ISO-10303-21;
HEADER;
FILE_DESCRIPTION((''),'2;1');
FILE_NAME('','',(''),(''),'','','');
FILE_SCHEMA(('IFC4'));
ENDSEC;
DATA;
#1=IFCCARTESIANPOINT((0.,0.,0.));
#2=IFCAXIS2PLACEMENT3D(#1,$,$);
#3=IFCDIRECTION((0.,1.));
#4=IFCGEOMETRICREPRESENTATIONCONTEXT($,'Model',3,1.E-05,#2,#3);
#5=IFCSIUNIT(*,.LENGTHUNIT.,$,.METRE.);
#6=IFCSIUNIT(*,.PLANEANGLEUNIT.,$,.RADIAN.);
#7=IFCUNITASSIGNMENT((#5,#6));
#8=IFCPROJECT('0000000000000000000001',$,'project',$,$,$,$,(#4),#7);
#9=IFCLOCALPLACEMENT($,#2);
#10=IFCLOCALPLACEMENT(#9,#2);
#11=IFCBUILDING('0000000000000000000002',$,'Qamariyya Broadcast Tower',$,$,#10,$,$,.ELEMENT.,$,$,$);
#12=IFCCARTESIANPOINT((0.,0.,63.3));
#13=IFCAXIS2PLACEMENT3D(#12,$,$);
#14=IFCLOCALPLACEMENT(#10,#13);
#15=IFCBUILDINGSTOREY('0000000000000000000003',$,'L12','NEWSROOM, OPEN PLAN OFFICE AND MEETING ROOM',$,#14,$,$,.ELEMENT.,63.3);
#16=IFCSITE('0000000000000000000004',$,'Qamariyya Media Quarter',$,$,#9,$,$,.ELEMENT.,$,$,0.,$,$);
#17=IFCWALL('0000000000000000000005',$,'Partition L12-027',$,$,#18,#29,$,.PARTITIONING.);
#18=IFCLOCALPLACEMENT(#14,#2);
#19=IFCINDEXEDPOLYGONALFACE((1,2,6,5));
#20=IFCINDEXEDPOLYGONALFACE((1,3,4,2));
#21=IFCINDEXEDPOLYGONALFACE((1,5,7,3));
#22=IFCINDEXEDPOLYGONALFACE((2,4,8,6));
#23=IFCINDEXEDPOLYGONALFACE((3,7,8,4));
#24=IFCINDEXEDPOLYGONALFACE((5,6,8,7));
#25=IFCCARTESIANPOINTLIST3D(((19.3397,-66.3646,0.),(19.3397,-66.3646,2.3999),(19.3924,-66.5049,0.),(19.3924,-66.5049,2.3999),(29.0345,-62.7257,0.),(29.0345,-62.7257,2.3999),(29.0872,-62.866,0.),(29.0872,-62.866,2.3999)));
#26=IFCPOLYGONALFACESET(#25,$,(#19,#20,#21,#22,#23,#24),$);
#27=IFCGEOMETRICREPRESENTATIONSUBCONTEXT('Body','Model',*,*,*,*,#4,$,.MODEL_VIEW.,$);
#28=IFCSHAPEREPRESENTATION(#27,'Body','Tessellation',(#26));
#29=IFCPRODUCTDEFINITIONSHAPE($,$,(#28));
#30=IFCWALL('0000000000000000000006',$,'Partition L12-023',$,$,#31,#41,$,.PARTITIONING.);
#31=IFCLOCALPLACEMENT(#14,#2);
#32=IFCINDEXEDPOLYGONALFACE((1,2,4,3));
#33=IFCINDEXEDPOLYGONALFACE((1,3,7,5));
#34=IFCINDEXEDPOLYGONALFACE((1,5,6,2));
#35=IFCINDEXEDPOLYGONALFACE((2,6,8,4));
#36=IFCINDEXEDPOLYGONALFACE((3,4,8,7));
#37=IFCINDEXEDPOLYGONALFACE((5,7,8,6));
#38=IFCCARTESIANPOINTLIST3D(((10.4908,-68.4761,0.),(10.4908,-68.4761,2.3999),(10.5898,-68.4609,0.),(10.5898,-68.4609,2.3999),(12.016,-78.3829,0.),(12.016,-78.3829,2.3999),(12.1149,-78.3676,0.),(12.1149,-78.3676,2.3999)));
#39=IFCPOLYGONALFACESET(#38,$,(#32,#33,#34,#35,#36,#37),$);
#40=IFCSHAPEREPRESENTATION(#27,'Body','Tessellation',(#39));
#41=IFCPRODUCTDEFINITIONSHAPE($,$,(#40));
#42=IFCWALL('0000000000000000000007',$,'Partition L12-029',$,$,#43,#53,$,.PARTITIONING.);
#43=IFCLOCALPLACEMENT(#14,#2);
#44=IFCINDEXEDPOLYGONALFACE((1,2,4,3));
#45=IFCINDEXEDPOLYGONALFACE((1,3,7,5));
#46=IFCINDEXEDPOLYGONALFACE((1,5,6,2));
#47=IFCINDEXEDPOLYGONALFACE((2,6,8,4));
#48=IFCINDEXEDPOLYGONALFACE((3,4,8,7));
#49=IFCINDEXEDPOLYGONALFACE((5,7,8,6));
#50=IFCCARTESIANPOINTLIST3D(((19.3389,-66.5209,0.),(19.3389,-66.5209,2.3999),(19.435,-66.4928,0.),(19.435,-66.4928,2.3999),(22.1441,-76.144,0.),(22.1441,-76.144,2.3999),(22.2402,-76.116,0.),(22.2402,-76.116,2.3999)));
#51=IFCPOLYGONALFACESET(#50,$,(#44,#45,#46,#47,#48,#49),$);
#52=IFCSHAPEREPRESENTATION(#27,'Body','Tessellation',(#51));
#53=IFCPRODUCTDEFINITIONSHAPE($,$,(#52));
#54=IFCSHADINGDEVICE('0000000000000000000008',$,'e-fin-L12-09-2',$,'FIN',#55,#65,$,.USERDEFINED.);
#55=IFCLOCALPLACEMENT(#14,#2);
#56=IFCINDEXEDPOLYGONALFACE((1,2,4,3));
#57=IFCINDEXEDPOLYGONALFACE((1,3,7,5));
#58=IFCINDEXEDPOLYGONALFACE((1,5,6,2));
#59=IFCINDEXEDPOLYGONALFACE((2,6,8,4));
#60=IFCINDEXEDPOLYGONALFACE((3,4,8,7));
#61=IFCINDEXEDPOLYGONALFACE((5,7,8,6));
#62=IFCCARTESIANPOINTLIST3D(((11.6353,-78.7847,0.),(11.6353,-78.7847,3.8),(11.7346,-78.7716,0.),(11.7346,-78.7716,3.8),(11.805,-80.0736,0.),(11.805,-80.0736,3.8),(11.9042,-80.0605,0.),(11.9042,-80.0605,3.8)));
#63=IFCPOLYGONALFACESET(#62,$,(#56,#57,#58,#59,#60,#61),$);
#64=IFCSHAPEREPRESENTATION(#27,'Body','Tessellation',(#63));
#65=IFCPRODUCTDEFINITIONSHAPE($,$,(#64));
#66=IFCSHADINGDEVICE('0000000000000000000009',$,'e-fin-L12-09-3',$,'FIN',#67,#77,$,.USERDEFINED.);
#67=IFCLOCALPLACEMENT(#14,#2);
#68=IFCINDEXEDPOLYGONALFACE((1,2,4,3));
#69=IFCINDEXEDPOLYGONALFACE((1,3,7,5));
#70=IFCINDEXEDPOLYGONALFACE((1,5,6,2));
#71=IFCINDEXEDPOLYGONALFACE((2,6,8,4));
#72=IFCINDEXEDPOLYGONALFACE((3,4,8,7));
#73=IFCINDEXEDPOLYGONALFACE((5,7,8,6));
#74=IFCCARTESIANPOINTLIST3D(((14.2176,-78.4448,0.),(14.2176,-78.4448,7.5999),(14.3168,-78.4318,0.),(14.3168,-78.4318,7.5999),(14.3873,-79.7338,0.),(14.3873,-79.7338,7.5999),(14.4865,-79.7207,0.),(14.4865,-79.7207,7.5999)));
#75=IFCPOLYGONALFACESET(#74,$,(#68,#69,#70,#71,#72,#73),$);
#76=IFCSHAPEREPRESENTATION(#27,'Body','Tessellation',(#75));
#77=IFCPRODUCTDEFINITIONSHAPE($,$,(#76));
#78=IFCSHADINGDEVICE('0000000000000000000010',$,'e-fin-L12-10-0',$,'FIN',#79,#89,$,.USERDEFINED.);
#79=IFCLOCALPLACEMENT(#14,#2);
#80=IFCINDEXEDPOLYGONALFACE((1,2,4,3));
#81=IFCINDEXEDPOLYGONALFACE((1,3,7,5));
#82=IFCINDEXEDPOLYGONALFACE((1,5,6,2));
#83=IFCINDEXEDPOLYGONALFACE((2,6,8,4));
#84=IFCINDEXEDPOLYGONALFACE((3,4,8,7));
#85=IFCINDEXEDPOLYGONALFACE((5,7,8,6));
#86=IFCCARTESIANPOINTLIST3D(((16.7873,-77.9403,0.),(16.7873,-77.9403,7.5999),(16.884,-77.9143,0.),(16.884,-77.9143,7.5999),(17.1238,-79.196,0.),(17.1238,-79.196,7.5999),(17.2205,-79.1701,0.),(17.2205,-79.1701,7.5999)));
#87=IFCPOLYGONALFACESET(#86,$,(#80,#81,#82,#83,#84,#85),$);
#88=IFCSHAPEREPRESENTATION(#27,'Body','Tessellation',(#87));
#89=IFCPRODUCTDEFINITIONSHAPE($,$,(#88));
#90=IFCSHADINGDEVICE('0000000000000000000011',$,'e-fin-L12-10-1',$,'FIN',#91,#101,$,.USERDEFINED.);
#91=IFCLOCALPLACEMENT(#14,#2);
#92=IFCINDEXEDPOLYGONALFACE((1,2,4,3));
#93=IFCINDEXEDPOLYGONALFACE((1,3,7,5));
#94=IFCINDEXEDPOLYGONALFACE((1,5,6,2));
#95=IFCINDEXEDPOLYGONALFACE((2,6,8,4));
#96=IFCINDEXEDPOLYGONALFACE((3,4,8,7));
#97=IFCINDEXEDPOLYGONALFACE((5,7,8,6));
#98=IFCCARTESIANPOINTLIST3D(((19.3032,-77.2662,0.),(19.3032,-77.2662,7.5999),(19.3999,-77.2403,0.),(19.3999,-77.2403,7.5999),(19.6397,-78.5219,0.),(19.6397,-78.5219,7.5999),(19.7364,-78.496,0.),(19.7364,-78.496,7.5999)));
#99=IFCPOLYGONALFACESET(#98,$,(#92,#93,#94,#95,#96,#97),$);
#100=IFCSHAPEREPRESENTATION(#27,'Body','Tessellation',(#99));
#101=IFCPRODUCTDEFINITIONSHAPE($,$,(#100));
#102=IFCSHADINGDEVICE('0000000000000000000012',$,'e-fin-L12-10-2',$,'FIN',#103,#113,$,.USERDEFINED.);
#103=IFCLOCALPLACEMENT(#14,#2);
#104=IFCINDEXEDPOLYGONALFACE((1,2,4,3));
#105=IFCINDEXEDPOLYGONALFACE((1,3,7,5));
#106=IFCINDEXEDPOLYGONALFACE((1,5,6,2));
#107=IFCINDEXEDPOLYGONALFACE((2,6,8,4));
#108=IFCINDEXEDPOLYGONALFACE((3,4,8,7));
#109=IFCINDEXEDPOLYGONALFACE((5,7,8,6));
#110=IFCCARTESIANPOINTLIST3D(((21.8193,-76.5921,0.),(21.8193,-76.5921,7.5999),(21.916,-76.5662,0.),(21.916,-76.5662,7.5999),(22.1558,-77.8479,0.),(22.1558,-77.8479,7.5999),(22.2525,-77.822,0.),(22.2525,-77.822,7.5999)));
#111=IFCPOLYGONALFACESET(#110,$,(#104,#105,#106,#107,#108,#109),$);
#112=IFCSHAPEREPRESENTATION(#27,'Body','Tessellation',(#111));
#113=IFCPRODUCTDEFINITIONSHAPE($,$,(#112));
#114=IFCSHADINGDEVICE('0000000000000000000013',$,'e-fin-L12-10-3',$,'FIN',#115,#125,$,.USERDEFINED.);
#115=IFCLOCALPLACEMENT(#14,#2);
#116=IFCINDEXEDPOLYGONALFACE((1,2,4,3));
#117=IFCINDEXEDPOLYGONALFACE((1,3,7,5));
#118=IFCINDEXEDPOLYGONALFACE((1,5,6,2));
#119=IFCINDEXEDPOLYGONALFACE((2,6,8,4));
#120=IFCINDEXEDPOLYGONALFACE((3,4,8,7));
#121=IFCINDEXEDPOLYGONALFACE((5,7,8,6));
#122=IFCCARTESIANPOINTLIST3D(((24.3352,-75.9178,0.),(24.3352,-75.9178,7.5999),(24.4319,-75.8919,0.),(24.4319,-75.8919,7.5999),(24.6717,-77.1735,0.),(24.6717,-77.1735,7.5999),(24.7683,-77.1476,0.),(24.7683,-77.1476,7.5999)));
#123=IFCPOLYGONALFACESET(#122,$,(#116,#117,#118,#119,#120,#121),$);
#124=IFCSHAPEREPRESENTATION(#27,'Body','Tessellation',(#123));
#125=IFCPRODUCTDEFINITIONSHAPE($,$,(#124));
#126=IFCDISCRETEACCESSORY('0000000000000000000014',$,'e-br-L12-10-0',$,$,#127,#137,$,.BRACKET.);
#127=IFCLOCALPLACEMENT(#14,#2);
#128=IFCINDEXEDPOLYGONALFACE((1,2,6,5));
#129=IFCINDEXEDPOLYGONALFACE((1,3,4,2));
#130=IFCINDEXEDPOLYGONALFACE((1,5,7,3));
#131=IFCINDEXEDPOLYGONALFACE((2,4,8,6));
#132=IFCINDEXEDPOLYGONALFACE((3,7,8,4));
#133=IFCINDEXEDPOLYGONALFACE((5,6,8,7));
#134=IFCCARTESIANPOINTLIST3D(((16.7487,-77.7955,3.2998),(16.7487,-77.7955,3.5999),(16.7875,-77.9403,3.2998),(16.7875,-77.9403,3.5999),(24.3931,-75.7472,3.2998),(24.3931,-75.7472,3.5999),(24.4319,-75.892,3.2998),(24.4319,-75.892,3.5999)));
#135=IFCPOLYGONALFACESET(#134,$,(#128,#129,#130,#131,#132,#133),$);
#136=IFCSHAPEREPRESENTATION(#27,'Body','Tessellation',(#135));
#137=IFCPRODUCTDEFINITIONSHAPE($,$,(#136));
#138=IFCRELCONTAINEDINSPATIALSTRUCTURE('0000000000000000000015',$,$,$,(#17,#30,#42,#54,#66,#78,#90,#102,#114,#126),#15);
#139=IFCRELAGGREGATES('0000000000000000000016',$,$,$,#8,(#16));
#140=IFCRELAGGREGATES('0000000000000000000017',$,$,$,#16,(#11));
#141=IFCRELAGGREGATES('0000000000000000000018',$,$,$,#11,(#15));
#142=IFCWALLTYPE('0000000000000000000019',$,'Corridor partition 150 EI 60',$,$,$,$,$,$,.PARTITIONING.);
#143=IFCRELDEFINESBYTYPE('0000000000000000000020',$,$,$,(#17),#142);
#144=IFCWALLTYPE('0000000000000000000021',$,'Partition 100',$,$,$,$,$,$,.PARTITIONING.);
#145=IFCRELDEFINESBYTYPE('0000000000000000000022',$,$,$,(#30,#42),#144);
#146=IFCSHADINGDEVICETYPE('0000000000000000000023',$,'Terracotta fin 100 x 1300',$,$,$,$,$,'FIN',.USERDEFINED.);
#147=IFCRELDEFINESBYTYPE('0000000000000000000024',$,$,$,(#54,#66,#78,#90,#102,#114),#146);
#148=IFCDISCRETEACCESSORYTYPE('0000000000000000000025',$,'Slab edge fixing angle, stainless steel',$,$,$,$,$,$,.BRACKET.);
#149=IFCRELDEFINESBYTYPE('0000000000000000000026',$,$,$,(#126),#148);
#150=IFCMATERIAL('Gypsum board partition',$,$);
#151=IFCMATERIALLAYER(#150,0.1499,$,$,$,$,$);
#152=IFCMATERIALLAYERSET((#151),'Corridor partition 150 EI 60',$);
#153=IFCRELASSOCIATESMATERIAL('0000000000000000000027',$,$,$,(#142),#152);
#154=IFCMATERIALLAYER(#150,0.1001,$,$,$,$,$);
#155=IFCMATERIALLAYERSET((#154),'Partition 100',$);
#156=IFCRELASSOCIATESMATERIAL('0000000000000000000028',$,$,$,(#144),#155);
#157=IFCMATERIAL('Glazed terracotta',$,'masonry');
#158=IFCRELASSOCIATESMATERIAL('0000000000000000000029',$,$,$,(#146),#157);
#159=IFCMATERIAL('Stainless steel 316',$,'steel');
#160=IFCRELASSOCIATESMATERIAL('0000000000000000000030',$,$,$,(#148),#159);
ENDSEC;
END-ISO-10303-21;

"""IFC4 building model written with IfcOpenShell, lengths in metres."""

from ifc_helpers import new_model, si_unit, direction, frame, frame_2d, origin, origin_2d, place, context, subcontext, project, spatial, rectangle, extrude, material, layer, layer_set, material_profile, profile_set, type_object, element, save


model = new_model("IFC4")

# Units and contexts
model_context = context("Model", 3, precision=1e-05, world=origin(), true_north=direction((0.0, 1.0)))
body_context = subcontext(model_context, "Body", "Model", "MODEL_VIEW")
ifc_project = project(units=[si_unit("LENGTHUNIT", "METRE"), si_unit("PLANEANGLEUNIT", "RADIAN")], contexts=[model_context])

# Site, building, storey
site_placement = place(None, origin())
site = spatial("IfcSite", under=ifc_project, at=site_placement, Name="Qamariyya Media Quarter", CompositionType="ELEMENT", RefElevation=0.0)
building_placement = place(site_placement, origin())
building = spatial("IfcBuilding", under=site, at=building_placement, Name="Qamariyya Broadcast Tower", CompositionType="ELEMENT")
storey_placement = place(building_placement, frame((0.0, 0.0, 63.3)))
storey = spatial("IfcBuildingStorey", under=building, at=storey_placement, Name="L12", Description="NEWSROOM, OPEN PLAN OFFICE AND MEETING ROOM", CompositionType="ELEMENT", Elevation=63.3)

# Shared definitions
ifc_material_1 = material(Name="Gypsum board partition")
ifc_layer_1 = layer(ifc_material_1, 0.1499)
ifc_layer_set_1 = layer_set([ifc_layer_1], Name="Corridor partition 150 EI 60")
wall_type_1 = type_object("IfcWallType", Name="Corridor partition 150 EI 60", PredefinedType="PARTITIONING", material=ifc_layer_set_1)

# Walls
wall_1_placement = place(storey_placement, frame((19.366, -66.4348, 0.0), z_axis=(0.0, 0.0, 1.0), x_axis=(0.936223, 0.351408, 0.0)))
element("IfcWall", 1, at=wall_1_placement, inside=storey, type_object=wall_type_1, Name="Partition L12-027", PredefinedType="PARTITIONING", context=body_context, shape_type="SweptSolid", body=[
    extrude(rectangle(XDim=10.3552, YDim=0.1499, at=frame_2d((5.1777, 0.0))), origin(), (0.0, 0.0, 1.0), 2.3999),
])
ifc_layer_2 = layer(ifc_material_1, 0.1001)
ifc_layer_set_2 = layer_set([ifc_layer_2], Name="Partition 100")
wall_type_2 = type_object("IfcWallType", Name="Partition 100", PredefinedType="PARTITIONING", material=ifc_layer_set_2)
wall_2_placement = place(storey_placement, frame((12.0654, -78.3752, 0.0), z_axis=(0.0, 0.0, 1.0), x_axis=(-0.152158, 0.988356, 0.0)))
element("IfcWall", 2, at=wall_2_placement, inside=storey, type_object=wall_type_2, Name="Partition L12-023", PredefinedType="PARTITIONING", context=body_context, shape_type="SweptSolid", body=[
    extrude(rectangle(XDim=10.0234, YDim=0.1001, at=frame_2d((5.0117, 0.0))), origin(), (0.0, 0.0, 1.0), 2.3999),
])
wall_3_placement = place(storey_placement, frame((22.1921, -76.1299, 0.0), z_axis=(0.0, 0.0, 1.0), x_axis=(-0.279858, 0.960041, 0.0)))
element("IfcWall", 3, at=wall_3_placement, inside=storey, type_object=wall_type_2, Name="Partition L12-029", PredefinedType="PARTITIONING", context=body_context, shape_type="SweptSolid", body=[
    extrude(rectangle(XDim=10.0237, YDim=0.1001, at=frame_2d((5.0117, 0.0))), origin(), (0.0, 0.0, 1.0), 2.3999),
])

# Shading devices
ifc_material_2 = material(Name="Glazed terracotta", Category="masonry")
ifc_material_profile_1 = material_profile(ifc_material_2, rectangle(XDim=1.3, YDim=0.1001, at=origin_2d()))
ifc_profile_set_1 = profile_set([ifc_material_profile_1], Name="Glazed terracotta")
shading_device_type_1 = type_object("IfcShadingDeviceType", Name="Terracotta fin 100 x 1300", ElementType="FIN", PredefinedType="USERDEFINED", material=ifc_profile_set_1)
shading_device_1_placement = place(storey_placement, frame((11.7698, -79.4226, 0.0), z_axis=(0.0, 0.0, 1.0), x_axis=(0.130526, -0.991445, 0.0)))
element("IfcShadingDevice", 4, at=shading_device_1_placement, inside=storey, type_object=shading_device_type_1, Name="e-fin-L12-09-2", ObjectType="FIN", PredefinedType="USERDEFINED", context=body_context, shape_type="SweptSolid", body=[
    extrude(rectangle(XDim=1.3, YDim=0.1001, at=origin_2d()), origin(), (0.0, 0.0, 1.0), 3.8),
])
for number, where, z_axis, x_axis, name in (
    (5, (14.3521, -79.0828, 0.0), (0.0, 0.0, 1.0), (0.130526, -0.991445, 0.0), "e-fin-L12-09-3"),
    (6, (17.0039, -78.5552, 0.0), (0.0, 0.0, 1.0), (0.258819, -0.965926, 0.0), "e-fin-L12-10-0"),
    (7, (19.5198, -77.8811, 0.0), (0.0, 0.0, 1.0), (0.258819, -0.965926, 0.0), "e-fin-L12-10-1"),
    (8, (22.0359, -77.207, 0.0), (0.0, 0.0, 1.0), (0.258819, -0.965926, 0.0), "e-fin-L12-10-2"),
    (9, (24.5518, -76.5327, 0.0), (0.0, 0.0, 1.0), (0.258819, -0.965926, 0.0), "e-fin-L12-10-3"),
):
    element("IfcShadingDevice", number, at=place(storey_placement, frame(where, z_axis=z_axis, x_axis=x_axis)), inside=storey, type_object=shading_device_type_1, Name=name, ObjectType="FIN", PredefinedType="USERDEFINED", context=body_context, shape_type="SweptSolid", body=[
        extrude(rectangle(XDim=1.3, YDim=0.1001, at=origin_2d()), origin(), (0.0, 0.0, 1.0), 7.5999),
    ])

# Discrete accessory
ifc_material_3 = material(Name="Stainless steel 316", Category="steel")
discrete_accessory_type = type_object("IfcDiscreteAccessoryType", Name="Slab edge fixing angle, stainless steel", PredefinedType="BRACKET", material=ifc_material_3)
discrete_accessory_placement = place(storey_placement, frame((20.5903, -76.8438, 3.2998), z_axis=(0.0, 0.0, 1.0), x_axis=(0.965926, 0.258819, 0.0)))
element("IfcDiscreteAccessory", 10, at=discrete_accessory_placement, inside=storey, type_object=discrete_accessory_type, Name="e-br-L12-10-0", PredefinedType="BRACKET", context=body_context, shape_type="SweptSolid", body=[
    extrude(rectangle(XDim=7.9141, YDim=0.1499, at=origin_2d()), origin(), (0.0, 0.0, 1.0), 0.3),
])

save(model, "model.ifc")
